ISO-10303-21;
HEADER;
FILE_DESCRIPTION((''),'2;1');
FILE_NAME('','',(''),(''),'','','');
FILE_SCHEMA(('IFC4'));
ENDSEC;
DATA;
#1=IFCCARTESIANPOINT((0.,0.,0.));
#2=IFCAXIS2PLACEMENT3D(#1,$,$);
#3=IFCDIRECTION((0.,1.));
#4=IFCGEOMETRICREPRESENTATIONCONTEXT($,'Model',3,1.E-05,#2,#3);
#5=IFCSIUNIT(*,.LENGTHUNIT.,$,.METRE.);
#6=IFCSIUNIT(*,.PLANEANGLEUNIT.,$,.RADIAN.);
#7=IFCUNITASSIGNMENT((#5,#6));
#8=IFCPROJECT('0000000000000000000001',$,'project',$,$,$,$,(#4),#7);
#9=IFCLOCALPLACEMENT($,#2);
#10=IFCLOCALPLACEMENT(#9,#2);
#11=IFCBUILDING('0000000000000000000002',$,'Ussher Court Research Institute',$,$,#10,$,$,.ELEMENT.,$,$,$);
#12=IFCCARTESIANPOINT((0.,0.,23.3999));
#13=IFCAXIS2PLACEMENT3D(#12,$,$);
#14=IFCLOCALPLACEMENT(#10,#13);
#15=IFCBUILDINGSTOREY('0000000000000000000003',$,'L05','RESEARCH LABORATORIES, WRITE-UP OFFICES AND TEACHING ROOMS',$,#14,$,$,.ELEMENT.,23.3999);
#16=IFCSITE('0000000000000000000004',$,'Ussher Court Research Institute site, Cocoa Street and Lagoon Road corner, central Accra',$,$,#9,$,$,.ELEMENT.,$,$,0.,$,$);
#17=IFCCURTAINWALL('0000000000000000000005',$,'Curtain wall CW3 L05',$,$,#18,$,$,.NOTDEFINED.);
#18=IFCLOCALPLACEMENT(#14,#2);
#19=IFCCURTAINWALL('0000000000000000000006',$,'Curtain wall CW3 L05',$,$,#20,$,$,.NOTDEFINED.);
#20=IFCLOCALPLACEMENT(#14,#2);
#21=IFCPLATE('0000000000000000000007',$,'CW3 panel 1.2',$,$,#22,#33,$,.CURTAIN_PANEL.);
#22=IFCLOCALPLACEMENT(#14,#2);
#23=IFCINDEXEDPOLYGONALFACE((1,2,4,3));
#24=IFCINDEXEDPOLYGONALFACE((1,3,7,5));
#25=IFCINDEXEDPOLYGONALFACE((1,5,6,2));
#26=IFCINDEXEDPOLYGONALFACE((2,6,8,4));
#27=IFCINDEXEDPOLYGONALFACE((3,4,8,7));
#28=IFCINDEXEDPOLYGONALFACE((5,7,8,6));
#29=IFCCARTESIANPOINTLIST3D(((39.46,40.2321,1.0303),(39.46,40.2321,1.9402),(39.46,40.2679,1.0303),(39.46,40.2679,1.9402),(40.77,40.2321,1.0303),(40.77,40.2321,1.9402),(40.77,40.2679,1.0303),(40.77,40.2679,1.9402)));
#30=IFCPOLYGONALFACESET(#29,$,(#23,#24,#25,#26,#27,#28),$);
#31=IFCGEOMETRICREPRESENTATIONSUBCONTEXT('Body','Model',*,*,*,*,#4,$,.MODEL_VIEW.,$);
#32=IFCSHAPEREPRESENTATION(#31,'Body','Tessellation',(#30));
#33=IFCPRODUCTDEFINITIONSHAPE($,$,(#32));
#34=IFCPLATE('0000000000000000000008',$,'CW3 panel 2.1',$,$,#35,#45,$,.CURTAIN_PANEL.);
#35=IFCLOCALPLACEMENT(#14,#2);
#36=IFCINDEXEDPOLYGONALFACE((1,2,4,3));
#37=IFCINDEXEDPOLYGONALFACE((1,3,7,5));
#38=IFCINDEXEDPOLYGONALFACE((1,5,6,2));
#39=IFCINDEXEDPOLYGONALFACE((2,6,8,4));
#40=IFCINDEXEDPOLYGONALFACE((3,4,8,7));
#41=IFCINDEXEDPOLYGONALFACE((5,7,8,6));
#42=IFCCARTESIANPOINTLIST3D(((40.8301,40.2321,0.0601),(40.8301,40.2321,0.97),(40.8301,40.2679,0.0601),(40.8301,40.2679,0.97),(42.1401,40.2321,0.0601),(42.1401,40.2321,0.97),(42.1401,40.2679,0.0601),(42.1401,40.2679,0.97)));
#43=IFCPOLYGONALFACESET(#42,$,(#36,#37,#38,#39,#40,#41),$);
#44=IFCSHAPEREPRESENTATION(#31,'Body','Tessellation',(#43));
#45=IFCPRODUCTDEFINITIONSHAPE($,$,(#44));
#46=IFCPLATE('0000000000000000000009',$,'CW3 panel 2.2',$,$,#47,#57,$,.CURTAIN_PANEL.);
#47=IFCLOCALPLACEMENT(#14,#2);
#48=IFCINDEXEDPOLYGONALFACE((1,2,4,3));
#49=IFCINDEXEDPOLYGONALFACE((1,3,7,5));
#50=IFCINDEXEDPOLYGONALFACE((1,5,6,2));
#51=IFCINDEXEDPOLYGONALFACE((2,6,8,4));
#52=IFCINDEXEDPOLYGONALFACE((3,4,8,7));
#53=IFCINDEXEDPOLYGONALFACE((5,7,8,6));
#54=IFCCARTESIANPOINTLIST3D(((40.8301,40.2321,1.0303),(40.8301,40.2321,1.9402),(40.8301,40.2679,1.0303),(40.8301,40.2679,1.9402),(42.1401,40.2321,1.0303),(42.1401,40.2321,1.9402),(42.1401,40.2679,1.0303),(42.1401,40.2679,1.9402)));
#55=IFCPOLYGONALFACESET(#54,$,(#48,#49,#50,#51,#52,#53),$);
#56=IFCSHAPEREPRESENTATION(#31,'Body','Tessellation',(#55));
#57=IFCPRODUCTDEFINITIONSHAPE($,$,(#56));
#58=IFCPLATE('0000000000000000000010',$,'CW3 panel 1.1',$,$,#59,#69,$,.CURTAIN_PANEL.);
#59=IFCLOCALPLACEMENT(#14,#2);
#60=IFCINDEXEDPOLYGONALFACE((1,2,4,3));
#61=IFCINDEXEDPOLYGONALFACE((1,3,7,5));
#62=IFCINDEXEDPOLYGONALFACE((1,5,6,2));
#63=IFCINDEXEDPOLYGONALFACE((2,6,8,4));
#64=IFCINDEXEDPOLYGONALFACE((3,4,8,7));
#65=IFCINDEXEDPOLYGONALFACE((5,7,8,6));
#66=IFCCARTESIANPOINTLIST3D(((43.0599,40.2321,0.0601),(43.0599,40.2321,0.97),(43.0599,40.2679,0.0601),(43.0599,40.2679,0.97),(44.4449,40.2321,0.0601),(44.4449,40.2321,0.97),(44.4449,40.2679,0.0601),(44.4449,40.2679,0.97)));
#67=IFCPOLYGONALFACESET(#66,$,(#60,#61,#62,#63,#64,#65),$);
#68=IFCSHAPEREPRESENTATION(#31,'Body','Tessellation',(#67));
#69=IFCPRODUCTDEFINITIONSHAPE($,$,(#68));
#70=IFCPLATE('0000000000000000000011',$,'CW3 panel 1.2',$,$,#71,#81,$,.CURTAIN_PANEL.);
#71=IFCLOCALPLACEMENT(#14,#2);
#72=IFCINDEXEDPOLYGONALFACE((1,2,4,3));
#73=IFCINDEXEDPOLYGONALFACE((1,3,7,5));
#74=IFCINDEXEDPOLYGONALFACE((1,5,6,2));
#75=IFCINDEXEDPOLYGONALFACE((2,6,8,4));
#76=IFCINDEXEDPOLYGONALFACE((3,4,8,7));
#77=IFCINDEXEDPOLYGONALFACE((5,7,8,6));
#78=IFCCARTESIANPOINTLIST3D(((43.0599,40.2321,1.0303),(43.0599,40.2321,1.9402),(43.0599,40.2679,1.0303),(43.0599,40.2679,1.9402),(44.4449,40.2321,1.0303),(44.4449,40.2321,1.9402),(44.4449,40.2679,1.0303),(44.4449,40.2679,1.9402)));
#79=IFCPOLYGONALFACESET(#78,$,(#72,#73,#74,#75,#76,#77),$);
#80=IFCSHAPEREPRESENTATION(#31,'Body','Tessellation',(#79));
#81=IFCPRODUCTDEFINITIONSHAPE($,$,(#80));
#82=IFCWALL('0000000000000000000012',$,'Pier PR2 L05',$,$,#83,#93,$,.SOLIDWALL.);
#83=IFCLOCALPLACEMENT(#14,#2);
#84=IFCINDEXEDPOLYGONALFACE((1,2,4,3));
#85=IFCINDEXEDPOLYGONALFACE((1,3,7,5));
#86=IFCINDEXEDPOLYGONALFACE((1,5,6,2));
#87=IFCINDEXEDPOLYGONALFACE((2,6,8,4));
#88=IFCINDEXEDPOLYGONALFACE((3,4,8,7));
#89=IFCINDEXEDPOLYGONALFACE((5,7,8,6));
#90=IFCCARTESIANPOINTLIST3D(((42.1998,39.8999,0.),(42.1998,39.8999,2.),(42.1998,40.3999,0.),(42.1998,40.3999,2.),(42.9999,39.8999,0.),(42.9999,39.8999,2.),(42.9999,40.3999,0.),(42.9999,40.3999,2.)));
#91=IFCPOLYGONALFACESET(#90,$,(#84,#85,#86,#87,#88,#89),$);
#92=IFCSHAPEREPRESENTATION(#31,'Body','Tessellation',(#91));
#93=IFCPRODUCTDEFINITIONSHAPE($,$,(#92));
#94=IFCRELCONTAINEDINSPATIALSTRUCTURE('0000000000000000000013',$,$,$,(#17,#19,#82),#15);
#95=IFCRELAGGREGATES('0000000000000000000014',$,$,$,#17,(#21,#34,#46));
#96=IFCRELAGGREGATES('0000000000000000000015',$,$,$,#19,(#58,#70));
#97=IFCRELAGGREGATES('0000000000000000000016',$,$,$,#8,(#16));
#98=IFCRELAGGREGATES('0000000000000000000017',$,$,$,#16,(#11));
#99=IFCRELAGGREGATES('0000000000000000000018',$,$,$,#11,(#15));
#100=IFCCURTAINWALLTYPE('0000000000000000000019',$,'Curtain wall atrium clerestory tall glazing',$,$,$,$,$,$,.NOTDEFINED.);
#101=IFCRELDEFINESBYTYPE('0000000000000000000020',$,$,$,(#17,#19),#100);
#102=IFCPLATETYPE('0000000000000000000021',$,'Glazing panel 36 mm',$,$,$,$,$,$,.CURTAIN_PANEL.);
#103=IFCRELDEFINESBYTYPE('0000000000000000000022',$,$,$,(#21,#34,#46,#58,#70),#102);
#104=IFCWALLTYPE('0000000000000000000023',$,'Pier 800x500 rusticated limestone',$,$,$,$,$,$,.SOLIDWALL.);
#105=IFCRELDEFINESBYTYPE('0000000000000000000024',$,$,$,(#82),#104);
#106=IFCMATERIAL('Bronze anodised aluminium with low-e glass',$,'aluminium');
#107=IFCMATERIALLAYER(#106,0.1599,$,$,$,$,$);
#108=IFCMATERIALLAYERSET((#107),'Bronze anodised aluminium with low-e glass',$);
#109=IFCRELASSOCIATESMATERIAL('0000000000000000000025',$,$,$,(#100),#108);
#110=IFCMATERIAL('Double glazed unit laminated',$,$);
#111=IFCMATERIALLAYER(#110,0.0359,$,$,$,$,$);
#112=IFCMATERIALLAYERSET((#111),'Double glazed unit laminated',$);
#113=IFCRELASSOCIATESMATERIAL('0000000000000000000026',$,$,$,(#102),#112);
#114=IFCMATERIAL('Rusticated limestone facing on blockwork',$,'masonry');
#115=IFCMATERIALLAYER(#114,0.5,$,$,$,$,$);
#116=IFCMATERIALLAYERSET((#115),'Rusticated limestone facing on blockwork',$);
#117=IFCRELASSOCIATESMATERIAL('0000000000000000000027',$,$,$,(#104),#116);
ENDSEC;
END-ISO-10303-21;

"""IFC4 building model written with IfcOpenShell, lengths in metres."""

from ifc_helpers import new_model, si_unit, direction, frame, frame_2d, origin, origin_2d, place, context, subcontext, project, spatial, rectangle, extrude, material, layer, layer_set, type_object, element, aggregate, save


model = new_model("IFC4")

# Units and contexts
model_context = context("Model", 3, precision=1e-05, world=origin(), true_north=direction((0.0, 1.0)))
body_context = subcontext(model_context, "Body", "Model", "MODEL_VIEW")
ifc_project = project(units=[si_unit("LENGTHUNIT", "METRE"), si_unit("PLANEANGLEUNIT", "RADIAN")], contexts=[model_context])

# Site, building, storey
site_placement = place(None, origin())
site = spatial("IfcSite", under=ifc_project, at=site_placement, Name="Ussher Court Research Institute site, Cocoa Street and Lagoon Road corner, central Accra", CompositionType="ELEMENT", RefElevation=0.0)
building_placement = place(site_placement, origin())
building = spatial("IfcBuilding", under=site, at=building_placement, Name="Ussher Court Research Institute", CompositionType="ELEMENT")
storey_placement = place(building_placement, frame((0.0, 0.0, 23.3999)))
storey = spatial("IfcBuildingStorey", under=building, at=storey_placement, Name="L05", Description="RESEARCH LABORATORIES, WRITE-UP OFFICES AND TEACHING ROOMS", CompositionType="ELEMENT", Elevation=23.3999)

# Curtain wall
ifc_material_1 = material(Name="Bronze anodised aluminium with low-e glass", Category="aluminium")
ifc_layer_1 = layer(ifc_material_1, 0.1599)
ifc_layer_set_1 = layer_set([ifc_layer_1], Name="Bronze anodised aluminium with low-e glass")
curtain_wall_type = type_object("IfcCurtainWallType", Name="Curtain wall atrium clerestory tall glazing", PredefinedType="NOTDEFINED", material=ifc_layer_set_1)
curtain_wall_1_placement = place(storey_placement, origin())
curtain_wall_1 = element("IfcCurtainWall", 1, at=curtain_wall_1_placement, inside=storey, type_object=curtain_wall_type, Name="Curtain wall CW3 L05", PredefinedType="NOTDEFINED")

# Curtain wall
curtain_wall_2_placement = place(storey_placement, origin())
curtain_wall_2 = element("IfcCurtainWall", 2, at=curtain_wall_2_placement, inside=storey, type_object=curtain_wall_type, Name="Curtain wall CW3 L05", PredefinedType="NOTDEFINED")

# Plates
ifc_material_2 = material(Name="Double glazed unit laminated")
ifc_layer_2 = layer(ifc_material_2, 0.0359)
ifc_layer_set_2 = layer_set([ifc_layer_2], Name="Double glazed unit laminated")
plate_type = type_object("IfcPlateType", Name="Glazing panel 36 mm", PredefinedType="CURTAIN_PANEL", material=ifc_layer_set_2)
plate_1_placement = place(storey_placement, frame((40.115, 40.25, 1.0303), z_axis=(0.0, 0.0, 1.0), x_axis=(1.0, 0.0, 0.0)))
plate_1 = element("IfcPlate", 3, at=plate_1_placement, type_object=plate_type, Name="CW3 panel 1.2", PredefinedType="CURTAIN_PANEL", context=body_context, shape_type="SweptSolid", body=[
    extrude(rectangle(XDim=1.3101, YDim=0.0359, at=origin_2d()), origin(), (0.0, 0.0, 1.0), 0.9099),
])
plate_2_placement = place(storey_placement, frame((41.4851, 40.25, 0.0601), z_axis=(0.0, 0.0, 1.0), x_axis=(1.0, 0.0, 0.0)))
plate_2 = element("IfcPlate", 4, at=plate_2_placement, type_object=plate_type, Name="CW3 panel 2.1", PredefinedType="CURTAIN_PANEL", context=body_context, shape_type="SweptSolid", body=[
    extrude(rectangle(XDim=1.3101, YDim=0.0359, at=origin_2d()), origin(), (0.0, 0.0, 1.0), 0.9099),
])
plate_3_placement = place(storey_placement, frame((41.4851, 40.25, 1.0303), z_axis=(0.0, 0.0, 1.0), x_axis=(1.0, 0.0, 0.0)))
plate_3 = element("IfcPlate", 5, at=plate_3_placement, type_object=plate_type, Name="CW3 panel 2.2", PredefinedType="CURTAIN_PANEL", context=body_context, shape_type="SweptSolid", body=[
    extrude(rectangle(XDim=1.3101, YDim=0.0359, at=origin_2d()), origin(), (0.0, 0.0, 1.0), 0.9099),
])
aggregate(curtain_wall_1, [plate_1, plate_2, plate_3])
plate_4_placement = place(storey_placement, frame((43.7524, 40.25, 0.0601), z_axis=(0.0, 0.0, 1.0), x_axis=(1.0, 0.0, 0.0)))
plate_4 = element("IfcPlate", 6, at=plate_4_placement, type_object=plate_type, Name="CW3 panel 1.1", PredefinedType="CURTAIN_PANEL", context=body_context, shape_type="SweptSolid", body=[
    extrude(rectangle(XDim=1.385, YDim=0.0359, at=origin_2d()), origin(), (0.0, 0.0, 1.0), 0.9099),
])
plate_5_placement = place(storey_placement, frame((43.7524, 40.25, 1.0303), z_axis=(0.0, 0.0, 1.0), x_axis=(1.0, 0.0, 0.0)))
plate_5 = element("IfcPlate", 7, at=plate_5_placement, type_object=plate_type, Name="CW3 panel 1.2", PredefinedType="CURTAIN_PANEL", context=body_context, shape_type="SweptSolid", body=[
    extrude(rectangle(XDim=1.385, YDim=0.0359, at=origin_2d()), origin(), (0.0, 0.0, 1.0), 0.9099),
])
aggregate(curtain_wall_2, [plate_4, plate_5])

# Wall
ifc_material_3 = material(Name="Rusticated limestone facing on blockwork", Category="masonry")
ifc_layer_3 = layer(ifc_material_3, 0.5)
ifc_layer_set_3 = layer_set([ifc_layer_3], Name="Rusticated limestone facing on blockwork")
wall_type = type_object("IfcWallType", Name="Pier 800x500 rusticated limestone", PredefinedType="SOLIDWALL", material=ifc_layer_set_3)
wall_placement = place(storey_placement, frame((42.2, 40.1499, 0.0), z_axis=(0.0, 0.0, 1.0), x_axis=(1.0, 0.0, 0.0)))
element("IfcWall", 8, at=wall_placement, inside=storey, type_object=wall_type, Name="Pier PR2 L05", PredefinedType="SOLIDWALL", context=body_context, shape_type="SweptSolid", body=[
    extrude(rectangle(XDim=0.8, YDim=0.5, at=frame_2d((0.3999, 0.0))), origin(), (0.0, 0.0, 1.0), 2.0),
])

save(model, "model.ifc")
